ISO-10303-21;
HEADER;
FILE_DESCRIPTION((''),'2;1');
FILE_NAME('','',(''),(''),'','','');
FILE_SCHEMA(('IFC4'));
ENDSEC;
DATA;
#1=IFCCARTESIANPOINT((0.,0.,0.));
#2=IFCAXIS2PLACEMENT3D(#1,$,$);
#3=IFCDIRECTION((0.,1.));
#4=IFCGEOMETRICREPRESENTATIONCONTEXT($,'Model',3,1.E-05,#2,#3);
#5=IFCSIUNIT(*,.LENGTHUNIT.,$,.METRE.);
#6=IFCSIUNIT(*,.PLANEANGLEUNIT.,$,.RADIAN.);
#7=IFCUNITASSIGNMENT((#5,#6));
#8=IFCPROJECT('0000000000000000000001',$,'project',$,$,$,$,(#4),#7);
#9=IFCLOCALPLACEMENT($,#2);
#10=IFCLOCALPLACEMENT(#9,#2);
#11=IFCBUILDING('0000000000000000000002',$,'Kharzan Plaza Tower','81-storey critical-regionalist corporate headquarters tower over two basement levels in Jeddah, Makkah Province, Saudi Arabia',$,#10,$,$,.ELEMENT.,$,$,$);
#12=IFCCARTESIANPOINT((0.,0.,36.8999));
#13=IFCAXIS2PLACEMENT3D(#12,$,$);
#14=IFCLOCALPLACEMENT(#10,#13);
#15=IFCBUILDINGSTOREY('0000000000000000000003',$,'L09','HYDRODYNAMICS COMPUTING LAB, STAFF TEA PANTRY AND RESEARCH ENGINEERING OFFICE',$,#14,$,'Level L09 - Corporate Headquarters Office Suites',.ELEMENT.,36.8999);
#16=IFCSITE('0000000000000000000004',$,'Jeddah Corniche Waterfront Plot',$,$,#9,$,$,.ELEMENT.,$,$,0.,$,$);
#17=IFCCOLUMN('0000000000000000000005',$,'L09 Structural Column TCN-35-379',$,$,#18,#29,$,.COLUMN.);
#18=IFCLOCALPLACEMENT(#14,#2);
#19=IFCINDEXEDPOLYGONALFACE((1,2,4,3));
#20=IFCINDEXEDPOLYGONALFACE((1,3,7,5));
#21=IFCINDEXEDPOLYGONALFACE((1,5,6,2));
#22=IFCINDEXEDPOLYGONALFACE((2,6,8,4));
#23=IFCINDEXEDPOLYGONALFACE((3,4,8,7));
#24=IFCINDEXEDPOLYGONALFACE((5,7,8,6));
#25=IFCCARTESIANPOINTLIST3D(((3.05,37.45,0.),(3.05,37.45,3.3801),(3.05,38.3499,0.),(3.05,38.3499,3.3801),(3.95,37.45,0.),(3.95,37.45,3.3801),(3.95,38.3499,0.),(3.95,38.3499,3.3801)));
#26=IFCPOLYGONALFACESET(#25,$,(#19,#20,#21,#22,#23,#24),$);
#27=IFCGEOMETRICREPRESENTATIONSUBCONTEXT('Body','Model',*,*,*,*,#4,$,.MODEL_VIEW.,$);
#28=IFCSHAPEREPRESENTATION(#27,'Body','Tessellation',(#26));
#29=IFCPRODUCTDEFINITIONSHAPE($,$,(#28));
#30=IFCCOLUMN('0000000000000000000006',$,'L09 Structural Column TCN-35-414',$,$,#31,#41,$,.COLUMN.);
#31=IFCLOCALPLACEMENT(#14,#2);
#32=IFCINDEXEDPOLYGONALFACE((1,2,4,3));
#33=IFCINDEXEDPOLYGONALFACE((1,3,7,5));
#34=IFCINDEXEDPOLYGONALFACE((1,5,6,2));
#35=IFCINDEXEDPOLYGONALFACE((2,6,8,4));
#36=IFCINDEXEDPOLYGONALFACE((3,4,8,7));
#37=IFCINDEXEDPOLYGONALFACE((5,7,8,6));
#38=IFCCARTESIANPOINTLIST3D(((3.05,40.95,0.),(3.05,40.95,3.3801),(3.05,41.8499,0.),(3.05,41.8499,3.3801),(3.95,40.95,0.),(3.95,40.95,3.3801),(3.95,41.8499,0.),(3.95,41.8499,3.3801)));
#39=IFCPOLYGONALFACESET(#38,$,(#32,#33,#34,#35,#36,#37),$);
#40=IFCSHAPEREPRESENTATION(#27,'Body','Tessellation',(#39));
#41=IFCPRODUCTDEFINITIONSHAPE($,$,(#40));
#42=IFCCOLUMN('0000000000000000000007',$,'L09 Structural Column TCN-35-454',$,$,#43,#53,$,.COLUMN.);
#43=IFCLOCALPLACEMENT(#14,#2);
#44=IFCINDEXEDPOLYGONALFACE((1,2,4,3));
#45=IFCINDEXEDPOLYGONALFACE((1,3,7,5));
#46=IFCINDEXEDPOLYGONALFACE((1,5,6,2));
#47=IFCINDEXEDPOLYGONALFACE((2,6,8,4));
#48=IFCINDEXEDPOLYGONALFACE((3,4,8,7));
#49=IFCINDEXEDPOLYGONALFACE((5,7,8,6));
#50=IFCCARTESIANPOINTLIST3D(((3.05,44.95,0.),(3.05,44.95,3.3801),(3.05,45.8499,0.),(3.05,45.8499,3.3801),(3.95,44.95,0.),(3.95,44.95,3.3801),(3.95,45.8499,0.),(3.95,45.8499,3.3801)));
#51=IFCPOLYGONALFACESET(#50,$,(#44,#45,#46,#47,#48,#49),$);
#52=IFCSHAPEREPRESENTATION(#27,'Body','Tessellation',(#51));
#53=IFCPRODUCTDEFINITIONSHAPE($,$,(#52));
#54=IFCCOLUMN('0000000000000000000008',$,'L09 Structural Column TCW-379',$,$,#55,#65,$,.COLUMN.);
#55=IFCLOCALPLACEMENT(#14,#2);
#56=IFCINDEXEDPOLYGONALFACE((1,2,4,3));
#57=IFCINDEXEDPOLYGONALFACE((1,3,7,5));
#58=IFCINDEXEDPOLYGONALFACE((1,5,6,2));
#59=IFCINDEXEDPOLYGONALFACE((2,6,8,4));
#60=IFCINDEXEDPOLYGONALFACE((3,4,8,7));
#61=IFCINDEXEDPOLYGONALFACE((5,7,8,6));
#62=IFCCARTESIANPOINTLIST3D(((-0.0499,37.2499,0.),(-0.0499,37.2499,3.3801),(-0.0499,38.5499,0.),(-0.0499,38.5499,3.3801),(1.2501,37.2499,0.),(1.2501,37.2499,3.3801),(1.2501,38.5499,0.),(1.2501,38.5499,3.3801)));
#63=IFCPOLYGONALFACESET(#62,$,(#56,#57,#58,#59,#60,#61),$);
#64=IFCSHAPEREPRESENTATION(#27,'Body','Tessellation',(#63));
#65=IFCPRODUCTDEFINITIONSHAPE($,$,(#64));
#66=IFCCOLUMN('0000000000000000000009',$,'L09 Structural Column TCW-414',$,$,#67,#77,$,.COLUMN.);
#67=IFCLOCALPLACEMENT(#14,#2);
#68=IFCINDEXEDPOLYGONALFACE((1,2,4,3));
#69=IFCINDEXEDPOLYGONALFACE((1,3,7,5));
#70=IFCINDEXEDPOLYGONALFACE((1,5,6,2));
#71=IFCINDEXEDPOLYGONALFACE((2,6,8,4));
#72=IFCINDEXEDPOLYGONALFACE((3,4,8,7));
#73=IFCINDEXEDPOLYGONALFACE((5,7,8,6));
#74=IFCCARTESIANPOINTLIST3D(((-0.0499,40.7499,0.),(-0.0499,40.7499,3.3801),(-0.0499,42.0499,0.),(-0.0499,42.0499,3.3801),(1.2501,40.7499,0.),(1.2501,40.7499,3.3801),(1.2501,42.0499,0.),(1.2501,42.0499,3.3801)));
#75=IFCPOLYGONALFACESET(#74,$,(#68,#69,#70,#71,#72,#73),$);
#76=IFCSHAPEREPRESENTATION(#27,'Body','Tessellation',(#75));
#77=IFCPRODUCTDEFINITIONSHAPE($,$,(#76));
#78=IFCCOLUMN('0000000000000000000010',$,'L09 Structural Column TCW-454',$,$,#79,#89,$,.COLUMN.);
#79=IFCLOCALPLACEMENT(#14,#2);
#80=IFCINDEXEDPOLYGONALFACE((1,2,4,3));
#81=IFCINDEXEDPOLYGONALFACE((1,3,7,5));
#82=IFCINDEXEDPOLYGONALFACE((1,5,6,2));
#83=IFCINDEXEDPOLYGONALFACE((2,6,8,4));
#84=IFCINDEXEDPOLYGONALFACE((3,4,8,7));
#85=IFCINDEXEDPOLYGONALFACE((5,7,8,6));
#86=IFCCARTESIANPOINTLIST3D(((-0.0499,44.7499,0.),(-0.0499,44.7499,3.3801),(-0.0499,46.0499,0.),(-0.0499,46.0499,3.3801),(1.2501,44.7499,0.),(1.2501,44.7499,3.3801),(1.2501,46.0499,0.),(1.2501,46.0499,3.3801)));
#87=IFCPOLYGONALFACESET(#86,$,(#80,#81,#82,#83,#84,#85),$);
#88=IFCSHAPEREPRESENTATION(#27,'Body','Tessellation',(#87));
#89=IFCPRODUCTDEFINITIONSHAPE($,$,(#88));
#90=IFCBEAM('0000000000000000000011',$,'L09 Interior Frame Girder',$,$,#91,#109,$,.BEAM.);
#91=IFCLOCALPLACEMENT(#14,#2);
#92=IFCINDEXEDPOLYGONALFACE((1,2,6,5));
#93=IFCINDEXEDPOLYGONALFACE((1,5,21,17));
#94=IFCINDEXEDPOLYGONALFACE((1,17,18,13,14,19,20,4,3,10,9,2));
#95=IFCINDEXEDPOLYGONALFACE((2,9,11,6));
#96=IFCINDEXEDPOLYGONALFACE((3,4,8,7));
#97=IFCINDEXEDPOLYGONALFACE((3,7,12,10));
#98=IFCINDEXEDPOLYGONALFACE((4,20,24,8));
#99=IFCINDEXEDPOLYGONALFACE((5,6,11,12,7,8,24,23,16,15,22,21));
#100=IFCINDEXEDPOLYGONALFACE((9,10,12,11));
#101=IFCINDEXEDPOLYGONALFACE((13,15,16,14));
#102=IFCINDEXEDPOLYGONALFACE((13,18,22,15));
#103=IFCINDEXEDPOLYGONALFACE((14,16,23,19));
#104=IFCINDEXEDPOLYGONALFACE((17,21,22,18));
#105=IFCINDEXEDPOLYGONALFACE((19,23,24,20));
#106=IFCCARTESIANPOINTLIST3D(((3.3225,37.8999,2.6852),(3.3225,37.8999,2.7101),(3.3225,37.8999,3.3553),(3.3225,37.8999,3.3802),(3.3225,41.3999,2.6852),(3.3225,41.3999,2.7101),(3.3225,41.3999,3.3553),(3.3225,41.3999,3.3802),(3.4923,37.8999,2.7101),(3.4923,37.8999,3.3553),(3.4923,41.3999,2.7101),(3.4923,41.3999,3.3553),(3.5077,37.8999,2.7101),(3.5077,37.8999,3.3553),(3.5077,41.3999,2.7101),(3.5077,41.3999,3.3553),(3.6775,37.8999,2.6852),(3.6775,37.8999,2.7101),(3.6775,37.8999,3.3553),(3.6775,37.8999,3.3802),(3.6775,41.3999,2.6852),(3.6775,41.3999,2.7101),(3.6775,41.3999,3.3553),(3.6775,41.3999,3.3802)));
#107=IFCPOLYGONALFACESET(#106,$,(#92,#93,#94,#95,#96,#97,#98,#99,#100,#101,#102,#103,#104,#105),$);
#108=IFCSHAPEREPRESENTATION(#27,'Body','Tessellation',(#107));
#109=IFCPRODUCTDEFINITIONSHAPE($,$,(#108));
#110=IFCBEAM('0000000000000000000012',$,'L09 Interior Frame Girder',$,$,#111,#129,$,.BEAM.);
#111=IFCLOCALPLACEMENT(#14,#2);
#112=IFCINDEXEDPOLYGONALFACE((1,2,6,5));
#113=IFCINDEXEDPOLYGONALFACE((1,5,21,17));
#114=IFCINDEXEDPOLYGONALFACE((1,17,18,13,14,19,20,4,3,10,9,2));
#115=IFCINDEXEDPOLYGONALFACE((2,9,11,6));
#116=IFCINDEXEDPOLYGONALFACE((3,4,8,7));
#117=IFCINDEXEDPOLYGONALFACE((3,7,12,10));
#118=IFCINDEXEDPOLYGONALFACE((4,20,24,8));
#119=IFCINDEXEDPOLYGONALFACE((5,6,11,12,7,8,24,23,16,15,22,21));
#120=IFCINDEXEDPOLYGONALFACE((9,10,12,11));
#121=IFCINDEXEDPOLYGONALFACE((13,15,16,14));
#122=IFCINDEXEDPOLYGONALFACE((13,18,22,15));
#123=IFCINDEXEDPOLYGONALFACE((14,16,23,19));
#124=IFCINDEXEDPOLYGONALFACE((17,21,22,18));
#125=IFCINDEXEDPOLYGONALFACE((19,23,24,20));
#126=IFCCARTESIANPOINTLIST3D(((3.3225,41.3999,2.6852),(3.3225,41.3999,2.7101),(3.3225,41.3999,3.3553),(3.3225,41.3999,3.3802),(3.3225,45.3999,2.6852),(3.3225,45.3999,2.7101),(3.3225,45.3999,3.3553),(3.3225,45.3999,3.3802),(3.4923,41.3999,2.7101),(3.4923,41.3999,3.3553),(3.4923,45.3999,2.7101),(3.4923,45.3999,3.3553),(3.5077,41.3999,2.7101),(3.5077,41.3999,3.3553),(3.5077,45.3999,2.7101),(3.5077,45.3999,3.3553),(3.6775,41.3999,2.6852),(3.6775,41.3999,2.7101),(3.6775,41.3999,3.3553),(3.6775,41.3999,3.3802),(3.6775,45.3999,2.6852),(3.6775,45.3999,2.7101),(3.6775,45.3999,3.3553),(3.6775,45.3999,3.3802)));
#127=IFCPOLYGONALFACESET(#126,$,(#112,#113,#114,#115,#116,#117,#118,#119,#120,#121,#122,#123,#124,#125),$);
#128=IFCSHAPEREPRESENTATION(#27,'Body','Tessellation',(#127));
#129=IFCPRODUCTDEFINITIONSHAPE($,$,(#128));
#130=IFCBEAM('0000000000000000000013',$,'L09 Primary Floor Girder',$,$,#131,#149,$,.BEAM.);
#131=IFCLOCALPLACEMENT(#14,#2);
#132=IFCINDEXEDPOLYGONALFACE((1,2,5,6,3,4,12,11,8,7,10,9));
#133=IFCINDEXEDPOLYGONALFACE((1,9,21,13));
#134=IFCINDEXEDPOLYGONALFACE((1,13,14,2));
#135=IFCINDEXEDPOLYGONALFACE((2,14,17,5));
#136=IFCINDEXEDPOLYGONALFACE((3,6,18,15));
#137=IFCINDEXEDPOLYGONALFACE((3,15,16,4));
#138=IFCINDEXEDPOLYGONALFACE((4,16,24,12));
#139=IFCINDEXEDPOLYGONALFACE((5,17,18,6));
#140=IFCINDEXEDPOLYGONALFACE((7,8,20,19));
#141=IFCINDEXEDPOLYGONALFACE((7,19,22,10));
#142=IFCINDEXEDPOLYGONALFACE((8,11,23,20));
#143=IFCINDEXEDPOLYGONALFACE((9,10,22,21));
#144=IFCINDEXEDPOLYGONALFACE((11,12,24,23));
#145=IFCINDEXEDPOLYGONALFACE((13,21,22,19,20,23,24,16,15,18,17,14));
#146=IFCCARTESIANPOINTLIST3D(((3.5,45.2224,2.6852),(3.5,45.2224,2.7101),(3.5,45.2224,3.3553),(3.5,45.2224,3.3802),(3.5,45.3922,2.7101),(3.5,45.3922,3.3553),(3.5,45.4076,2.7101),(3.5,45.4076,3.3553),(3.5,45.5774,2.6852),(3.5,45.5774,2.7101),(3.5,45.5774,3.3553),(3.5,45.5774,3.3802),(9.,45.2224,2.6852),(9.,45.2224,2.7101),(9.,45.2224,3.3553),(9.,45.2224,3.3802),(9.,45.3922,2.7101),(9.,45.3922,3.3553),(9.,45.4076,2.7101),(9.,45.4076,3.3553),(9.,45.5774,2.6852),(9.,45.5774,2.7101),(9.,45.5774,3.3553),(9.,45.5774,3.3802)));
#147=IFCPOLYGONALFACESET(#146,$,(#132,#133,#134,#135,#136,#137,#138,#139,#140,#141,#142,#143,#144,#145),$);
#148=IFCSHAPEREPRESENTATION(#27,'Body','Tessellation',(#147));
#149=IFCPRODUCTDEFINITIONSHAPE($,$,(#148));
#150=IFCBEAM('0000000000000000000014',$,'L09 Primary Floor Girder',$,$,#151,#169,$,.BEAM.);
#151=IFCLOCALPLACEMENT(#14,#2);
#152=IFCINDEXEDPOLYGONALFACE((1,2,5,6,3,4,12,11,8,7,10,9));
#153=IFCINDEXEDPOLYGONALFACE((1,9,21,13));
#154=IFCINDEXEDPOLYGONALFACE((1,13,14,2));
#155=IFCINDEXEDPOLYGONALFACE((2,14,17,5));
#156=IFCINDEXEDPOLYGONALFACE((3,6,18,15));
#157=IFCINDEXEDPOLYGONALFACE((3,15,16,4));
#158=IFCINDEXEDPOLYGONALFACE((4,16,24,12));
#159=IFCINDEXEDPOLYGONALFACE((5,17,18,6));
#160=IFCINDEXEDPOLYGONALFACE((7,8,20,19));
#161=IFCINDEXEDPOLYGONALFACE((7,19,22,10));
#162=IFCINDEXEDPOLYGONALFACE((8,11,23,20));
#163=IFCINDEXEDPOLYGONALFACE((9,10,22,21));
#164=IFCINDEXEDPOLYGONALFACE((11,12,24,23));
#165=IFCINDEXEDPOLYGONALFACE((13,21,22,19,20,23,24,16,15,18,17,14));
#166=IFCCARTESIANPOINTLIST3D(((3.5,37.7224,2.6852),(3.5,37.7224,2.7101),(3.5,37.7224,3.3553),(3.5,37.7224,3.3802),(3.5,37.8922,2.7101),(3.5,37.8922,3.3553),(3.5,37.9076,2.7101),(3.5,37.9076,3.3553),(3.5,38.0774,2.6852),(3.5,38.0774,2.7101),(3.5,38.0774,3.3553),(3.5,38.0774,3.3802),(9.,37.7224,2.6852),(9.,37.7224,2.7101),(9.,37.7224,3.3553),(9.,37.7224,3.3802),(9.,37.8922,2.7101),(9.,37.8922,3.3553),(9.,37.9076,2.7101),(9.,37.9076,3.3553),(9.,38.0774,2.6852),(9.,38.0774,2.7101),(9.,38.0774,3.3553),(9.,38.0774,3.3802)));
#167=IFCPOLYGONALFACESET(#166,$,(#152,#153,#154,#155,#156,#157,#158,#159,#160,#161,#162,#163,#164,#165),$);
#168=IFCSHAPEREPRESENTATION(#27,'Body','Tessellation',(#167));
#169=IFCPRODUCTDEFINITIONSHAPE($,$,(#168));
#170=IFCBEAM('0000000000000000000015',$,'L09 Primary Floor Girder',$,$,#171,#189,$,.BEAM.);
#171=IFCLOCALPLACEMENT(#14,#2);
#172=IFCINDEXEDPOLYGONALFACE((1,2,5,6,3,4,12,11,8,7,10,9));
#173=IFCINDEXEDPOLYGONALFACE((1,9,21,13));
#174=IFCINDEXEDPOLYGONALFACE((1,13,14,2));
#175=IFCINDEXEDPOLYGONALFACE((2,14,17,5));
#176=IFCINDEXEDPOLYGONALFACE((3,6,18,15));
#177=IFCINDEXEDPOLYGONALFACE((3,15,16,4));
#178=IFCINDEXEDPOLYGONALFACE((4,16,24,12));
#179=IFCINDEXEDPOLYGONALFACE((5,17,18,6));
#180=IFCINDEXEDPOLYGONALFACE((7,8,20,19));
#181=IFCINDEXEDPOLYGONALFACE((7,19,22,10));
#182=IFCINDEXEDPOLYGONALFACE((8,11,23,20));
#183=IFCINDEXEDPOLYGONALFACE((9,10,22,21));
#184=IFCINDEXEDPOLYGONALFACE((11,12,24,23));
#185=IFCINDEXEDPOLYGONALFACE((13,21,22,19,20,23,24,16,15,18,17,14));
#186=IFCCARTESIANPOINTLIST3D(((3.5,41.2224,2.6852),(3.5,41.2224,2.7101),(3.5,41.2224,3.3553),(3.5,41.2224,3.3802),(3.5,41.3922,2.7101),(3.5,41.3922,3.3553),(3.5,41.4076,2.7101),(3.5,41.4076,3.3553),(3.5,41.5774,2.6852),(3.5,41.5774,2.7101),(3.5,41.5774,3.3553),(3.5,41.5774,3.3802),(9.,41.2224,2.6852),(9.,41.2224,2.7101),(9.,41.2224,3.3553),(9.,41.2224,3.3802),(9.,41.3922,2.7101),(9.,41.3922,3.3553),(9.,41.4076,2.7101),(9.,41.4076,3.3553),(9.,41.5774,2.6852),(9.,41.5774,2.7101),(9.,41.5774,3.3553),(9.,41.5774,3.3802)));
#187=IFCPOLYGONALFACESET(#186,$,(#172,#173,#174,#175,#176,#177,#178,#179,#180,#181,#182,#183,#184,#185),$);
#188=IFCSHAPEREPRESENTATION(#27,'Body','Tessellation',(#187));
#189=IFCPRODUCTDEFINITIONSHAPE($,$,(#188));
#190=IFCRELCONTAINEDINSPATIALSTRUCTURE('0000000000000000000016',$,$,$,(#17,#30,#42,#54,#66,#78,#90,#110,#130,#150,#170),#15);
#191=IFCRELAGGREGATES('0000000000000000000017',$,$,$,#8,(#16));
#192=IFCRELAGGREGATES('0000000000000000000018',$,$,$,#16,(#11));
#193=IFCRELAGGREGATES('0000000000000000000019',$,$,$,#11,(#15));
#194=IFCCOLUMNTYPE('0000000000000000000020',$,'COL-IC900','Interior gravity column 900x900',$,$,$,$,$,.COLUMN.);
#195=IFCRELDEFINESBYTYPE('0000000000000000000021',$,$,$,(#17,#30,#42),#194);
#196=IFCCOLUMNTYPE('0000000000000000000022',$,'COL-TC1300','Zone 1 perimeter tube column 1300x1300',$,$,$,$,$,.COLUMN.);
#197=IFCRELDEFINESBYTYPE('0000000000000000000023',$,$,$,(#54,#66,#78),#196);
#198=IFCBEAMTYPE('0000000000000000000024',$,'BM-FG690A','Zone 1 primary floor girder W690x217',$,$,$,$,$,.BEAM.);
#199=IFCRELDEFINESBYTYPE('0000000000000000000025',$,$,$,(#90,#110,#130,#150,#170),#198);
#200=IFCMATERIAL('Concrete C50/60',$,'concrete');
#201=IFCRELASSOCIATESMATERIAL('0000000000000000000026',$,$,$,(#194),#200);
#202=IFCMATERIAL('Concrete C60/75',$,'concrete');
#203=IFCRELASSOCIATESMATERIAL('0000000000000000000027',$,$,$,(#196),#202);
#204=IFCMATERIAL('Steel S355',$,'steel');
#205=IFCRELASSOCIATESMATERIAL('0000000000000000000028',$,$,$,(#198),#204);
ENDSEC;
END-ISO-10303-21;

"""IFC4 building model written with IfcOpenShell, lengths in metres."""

from ifc_helpers import new_model, si_unit, direction, frame, origin, origin_2d, place, context, subcontext, project, spatial, rectangle, i_section, extrude, source, transform, mapped, material, material_profile, profile_set, type_object, element, save


model = new_model("IFC4")

# Units and contexts
model_context = context("Model", 3, precision=1e-05, world=origin(), true_north=direction((0.0, 1.0)))
body_context = subcontext(model_context, "Body", "Model", "MODEL_VIEW")
ifc_project = project(units=[si_unit("LENGTHUNIT", "METRE"), si_unit("PLANEANGLEUNIT", "RADIAN")], contexts=[model_context])

# Site, building, storey
site_placement = place(None, origin())
site = spatial("IfcSite", under=ifc_project, at=site_placement, Name="Jeddah Corniche Waterfront Plot", CompositionType="ELEMENT", RefElevation=0.0)
building_placement = place(site_placement, origin())
building = spatial("IfcBuilding", under=site, at=building_placement, Name="Kharzan Plaza Tower", Description="81-storey critical-regionalist corporate headquarters tower over two basement levels in Jeddah, Makkah Province, Saudi Arabia", CompositionType="ELEMENT")
storey_placement = place(building_placement, frame((0.0, 0.0, 36.8999)))
storey = spatial("IfcBuildingStorey", under=building, at=storey_placement, Name="L09", Description="HYDRODYNAMICS COMPUTING LAB, STAFF TEA PANTRY AND RESEARCH ENGINEERING OFFICE", LongName="Level L09 - Corporate Headquarters Office Suites", CompositionType="ELEMENT", Elevation=36.8999)

# Columns
ifc_material_1 = material(Name="Concrete C50/60", Category="concrete")
ifc_material_profile_1 = material_profile(ifc_material_1, rectangle(XDim=0.8999, YDim=0.8999, at=origin_2d()), Name="RC-IC900x900")
ifc_profile_set_1 = profile_set([ifc_material_profile_1], Name="Concrete C50/60")
column_type_1 = type_object("IfcColumnType", Name="COL-IC900", Description="Interior gravity column 900x900", PredefinedType="COLUMN", material=ifc_profile_set_1)
shared_shape_1 = source(origin(), body_context, "Body", "SweptSolid", [
    extrude(rectangle(XDim=0.8999, YDim=0.8999, at=origin_2d()), origin(), (0.0, 0.0, 1.0), 3.3801),
])
for number, where, z_axis, x_axis, name in (
    (1, (3.5, 37.8999, 0.0), (0.0, 0.0, 1.0), (1.0, 0.0, 0.0), "L09 Structural Column TCN-35-379"),
    (2, (3.5, 41.3999, 0.0), (0.0, 0.0, 1.0), (1.0, 0.0, 0.0), "L09 Structural Column TCN-35-414"),
    (3, (3.5, 45.3999, 0.0), (0.0, 0.0, 1.0), (1.0, 0.0, 0.0), "L09 Structural Column TCN-35-454"),
):
    element("IfcColumn", number, at=place(storey_placement, frame(where, z_axis=z_axis, x_axis=x_axis)), inside=storey, type_object=column_type_1, Name=name, PredefinedType="COLUMN", context=body_context, shape_type="MappedRepresentation", body=[
        mapped(shared_shape_1, transform((0.0, 0.0, 0.0), x_axis=(1.0, 0.0, 0.0), y_axis=(0.0, 1.0, 0.0), z_axis=(0.0, 0.0, 1.0))),
    ])
ifc_material_2 = material(Name="Concrete C60/75", Category="concrete")
ifc_material_profile_2 = material_profile(ifc_material_2, rectangle(XDim=1.3, YDim=1.3, at=origin_2d()), Name="RC-TC1300x1300")
ifc_profile_set_2 = profile_set([ifc_material_profile_2], Name="Concrete C60/75")
column_type_2 = type_object("IfcColumnType", Name="COL-TC1300", Description="Zone 1 perimeter tube column 1300x1300", PredefinedType="COLUMN", material=ifc_profile_set_2)
shared_shape_2 = source(origin(), body_context, "Body", "SweptSolid", [
    extrude(rectangle(XDim=1.3, YDim=1.3, at=origin_2d()), origin(), (0.0, 0.0, 1.0), 3.3801),
])
for number, where, z_axis, x_axis, name in (
    (4, (0.6001, 37.8999, 0.0), (0.0, 0.0, 1.0), (1.0, 0.0, 0.0), "L09 Structural Column TCW-379"),
    (5, (0.6001, 41.3999, 0.0), (0.0, 0.0, 1.0), (1.0, 0.0, 0.0), "L09 Structural Column TCW-414"),
    (6, (0.6001, 45.3999, 0.0), (0.0, 0.0, 1.0), (1.0, 0.0, 0.0), "L09 Structural Column TCW-454"),
):
    element("IfcColumn", number, at=place(storey_placement, frame(where, z_axis=z_axis, x_axis=x_axis)), inside=storey, type_object=column_type_2, Name=name, PredefinedType="COLUMN", context=body_context, shape_type="MappedRepresentation", body=[
        mapped(shared_shape_2, transform((0.0, 0.0, 0.0), x_axis=(1.0, 0.0, 0.0), y_axis=(0.0, 1.0, 0.0), z_axis=(0.0, 0.0, 1.0))),
    ])

# Beams
ifc_material_3 = material(Name="Steel S355", Category="steel")
ifc_material_profile_3 = material_profile(ifc_material_3, i_section(OverallWidth=0.355, OverallDepth=0.6951, WebThickness=0.0154, FlangeThickness=0.0249, at=origin_2d()), Name="W690x217")
ifc_profile_set_3 = profile_set([ifc_material_profile_3], Name="Steel S355")
beam_type_1 = type_object("IfcBeamType", Name="BM-FG690A", Description="Zone 1 primary floor girder W690x217", PredefinedType="BEAM", material=ifc_profile_set_3)
shared_shape_3 = source(origin(), body_context, "Body", "SweptSolid", [
    extrude(i_section(OverallWidth=0.355, OverallDepth=0.6951, WebThickness=0.0154, FlangeThickness=0.0249, at=origin_2d()), origin(), (0.0, 0.0, 1.0), 3.5),
])
beam_1_placement = place(storey_placement, frame((3.5, 37.8999, 3.0327), z_axis=(0.0, 1.0, 0.0), x_axis=(-1.0, 0.0, 0.0)))
element("IfcBeam", 7, at=beam_1_placement, inside=storey, type_object=beam_type_1, Name="L09 Interior Frame Girder", PredefinedType="BEAM", context=body_context, shape_type="MappedRepresentation", body=[
    mapped(shared_shape_3, transform((0.0, 0.0, 0.0), x_axis=(1.0, 0.0, 0.0), y_axis=(0.0, 1.0, 0.0), z_axis=(0.0, 0.0, 1.0))),
])
shared_shape_4 = source(origin(), body_context, "Body", "SweptSolid", [
    extrude(i_section(OverallWidth=0.355, OverallDepth=0.6951, WebThickness=0.0154, FlangeThickness=0.0249, at=origin_2d()), origin(), (0.0, 0.0, 1.0), 4.0),
])
beam_2_placement = place(storey_placement, frame((3.5, 41.3999, 3.0327), z_axis=(0.0, 1.0, 0.0), x_axis=(-1.0, 0.0, 0.0)))
element("IfcBeam", 8, at=beam_2_placement, inside=storey, type_object=beam_type_1, Name="L09 Interior Frame Girder", PredefinedType="BEAM", context=body_context, shape_type="MappedRepresentation", body=[
    mapped(shared_shape_4, transform((0.0, 0.0, 0.0), x_axis=(1.0, 0.0, 0.0), y_axis=(0.0, 1.0, 0.0), z_axis=(0.0, 0.0, 1.0))),
])
shared_shape_5 = source(origin(), body_context, "Body", "SweptSolid", [
    extrude(i_section(OverallWidth=0.355, OverallDepth=0.6951, WebThickness=0.0154, FlangeThickness=0.0249, at=origin_2d()), origin(), (0.0, 0.0, 1.0), 5.5),
])
for number, where, z_axis, x_axis, name in (
    (9, (3.5, 45.3999, 3.0327), (1.0, 0.0, 0.0), (0.0, 1.0, 0.0), "L09 Primary Floor Girder"),
    (10, (3.5, 37.8999, 3.0327), (1.0, 0.0, 0.0), (0.0, 1.0, 0.0), "L09 Primary Floor Girder"),
    (11, (3.5, 41.3999, 3.0327), (1.0, 0.0, 0.0), (0.0, 1.0, 0.0), "L09 Primary Floor Girder"),
):
    element("IfcBeam", number, at=place(storey_placement, frame(where, z_axis=z_axis, x_axis=x_axis)), inside=storey, type_object=beam_type_1, Name=name, PredefinedType="BEAM", context=body_context, shape_type="MappedRepresentation", body=[
        mapped(shared_shape_5, transform((0.0, 0.0, 0.0), x_axis=(1.0, 0.0, 0.0), y_axis=(0.0, 1.0, 0.0), z_axis=(0.0, 0.0, 1.0))),
    ])

save(model, "model.ifc")
